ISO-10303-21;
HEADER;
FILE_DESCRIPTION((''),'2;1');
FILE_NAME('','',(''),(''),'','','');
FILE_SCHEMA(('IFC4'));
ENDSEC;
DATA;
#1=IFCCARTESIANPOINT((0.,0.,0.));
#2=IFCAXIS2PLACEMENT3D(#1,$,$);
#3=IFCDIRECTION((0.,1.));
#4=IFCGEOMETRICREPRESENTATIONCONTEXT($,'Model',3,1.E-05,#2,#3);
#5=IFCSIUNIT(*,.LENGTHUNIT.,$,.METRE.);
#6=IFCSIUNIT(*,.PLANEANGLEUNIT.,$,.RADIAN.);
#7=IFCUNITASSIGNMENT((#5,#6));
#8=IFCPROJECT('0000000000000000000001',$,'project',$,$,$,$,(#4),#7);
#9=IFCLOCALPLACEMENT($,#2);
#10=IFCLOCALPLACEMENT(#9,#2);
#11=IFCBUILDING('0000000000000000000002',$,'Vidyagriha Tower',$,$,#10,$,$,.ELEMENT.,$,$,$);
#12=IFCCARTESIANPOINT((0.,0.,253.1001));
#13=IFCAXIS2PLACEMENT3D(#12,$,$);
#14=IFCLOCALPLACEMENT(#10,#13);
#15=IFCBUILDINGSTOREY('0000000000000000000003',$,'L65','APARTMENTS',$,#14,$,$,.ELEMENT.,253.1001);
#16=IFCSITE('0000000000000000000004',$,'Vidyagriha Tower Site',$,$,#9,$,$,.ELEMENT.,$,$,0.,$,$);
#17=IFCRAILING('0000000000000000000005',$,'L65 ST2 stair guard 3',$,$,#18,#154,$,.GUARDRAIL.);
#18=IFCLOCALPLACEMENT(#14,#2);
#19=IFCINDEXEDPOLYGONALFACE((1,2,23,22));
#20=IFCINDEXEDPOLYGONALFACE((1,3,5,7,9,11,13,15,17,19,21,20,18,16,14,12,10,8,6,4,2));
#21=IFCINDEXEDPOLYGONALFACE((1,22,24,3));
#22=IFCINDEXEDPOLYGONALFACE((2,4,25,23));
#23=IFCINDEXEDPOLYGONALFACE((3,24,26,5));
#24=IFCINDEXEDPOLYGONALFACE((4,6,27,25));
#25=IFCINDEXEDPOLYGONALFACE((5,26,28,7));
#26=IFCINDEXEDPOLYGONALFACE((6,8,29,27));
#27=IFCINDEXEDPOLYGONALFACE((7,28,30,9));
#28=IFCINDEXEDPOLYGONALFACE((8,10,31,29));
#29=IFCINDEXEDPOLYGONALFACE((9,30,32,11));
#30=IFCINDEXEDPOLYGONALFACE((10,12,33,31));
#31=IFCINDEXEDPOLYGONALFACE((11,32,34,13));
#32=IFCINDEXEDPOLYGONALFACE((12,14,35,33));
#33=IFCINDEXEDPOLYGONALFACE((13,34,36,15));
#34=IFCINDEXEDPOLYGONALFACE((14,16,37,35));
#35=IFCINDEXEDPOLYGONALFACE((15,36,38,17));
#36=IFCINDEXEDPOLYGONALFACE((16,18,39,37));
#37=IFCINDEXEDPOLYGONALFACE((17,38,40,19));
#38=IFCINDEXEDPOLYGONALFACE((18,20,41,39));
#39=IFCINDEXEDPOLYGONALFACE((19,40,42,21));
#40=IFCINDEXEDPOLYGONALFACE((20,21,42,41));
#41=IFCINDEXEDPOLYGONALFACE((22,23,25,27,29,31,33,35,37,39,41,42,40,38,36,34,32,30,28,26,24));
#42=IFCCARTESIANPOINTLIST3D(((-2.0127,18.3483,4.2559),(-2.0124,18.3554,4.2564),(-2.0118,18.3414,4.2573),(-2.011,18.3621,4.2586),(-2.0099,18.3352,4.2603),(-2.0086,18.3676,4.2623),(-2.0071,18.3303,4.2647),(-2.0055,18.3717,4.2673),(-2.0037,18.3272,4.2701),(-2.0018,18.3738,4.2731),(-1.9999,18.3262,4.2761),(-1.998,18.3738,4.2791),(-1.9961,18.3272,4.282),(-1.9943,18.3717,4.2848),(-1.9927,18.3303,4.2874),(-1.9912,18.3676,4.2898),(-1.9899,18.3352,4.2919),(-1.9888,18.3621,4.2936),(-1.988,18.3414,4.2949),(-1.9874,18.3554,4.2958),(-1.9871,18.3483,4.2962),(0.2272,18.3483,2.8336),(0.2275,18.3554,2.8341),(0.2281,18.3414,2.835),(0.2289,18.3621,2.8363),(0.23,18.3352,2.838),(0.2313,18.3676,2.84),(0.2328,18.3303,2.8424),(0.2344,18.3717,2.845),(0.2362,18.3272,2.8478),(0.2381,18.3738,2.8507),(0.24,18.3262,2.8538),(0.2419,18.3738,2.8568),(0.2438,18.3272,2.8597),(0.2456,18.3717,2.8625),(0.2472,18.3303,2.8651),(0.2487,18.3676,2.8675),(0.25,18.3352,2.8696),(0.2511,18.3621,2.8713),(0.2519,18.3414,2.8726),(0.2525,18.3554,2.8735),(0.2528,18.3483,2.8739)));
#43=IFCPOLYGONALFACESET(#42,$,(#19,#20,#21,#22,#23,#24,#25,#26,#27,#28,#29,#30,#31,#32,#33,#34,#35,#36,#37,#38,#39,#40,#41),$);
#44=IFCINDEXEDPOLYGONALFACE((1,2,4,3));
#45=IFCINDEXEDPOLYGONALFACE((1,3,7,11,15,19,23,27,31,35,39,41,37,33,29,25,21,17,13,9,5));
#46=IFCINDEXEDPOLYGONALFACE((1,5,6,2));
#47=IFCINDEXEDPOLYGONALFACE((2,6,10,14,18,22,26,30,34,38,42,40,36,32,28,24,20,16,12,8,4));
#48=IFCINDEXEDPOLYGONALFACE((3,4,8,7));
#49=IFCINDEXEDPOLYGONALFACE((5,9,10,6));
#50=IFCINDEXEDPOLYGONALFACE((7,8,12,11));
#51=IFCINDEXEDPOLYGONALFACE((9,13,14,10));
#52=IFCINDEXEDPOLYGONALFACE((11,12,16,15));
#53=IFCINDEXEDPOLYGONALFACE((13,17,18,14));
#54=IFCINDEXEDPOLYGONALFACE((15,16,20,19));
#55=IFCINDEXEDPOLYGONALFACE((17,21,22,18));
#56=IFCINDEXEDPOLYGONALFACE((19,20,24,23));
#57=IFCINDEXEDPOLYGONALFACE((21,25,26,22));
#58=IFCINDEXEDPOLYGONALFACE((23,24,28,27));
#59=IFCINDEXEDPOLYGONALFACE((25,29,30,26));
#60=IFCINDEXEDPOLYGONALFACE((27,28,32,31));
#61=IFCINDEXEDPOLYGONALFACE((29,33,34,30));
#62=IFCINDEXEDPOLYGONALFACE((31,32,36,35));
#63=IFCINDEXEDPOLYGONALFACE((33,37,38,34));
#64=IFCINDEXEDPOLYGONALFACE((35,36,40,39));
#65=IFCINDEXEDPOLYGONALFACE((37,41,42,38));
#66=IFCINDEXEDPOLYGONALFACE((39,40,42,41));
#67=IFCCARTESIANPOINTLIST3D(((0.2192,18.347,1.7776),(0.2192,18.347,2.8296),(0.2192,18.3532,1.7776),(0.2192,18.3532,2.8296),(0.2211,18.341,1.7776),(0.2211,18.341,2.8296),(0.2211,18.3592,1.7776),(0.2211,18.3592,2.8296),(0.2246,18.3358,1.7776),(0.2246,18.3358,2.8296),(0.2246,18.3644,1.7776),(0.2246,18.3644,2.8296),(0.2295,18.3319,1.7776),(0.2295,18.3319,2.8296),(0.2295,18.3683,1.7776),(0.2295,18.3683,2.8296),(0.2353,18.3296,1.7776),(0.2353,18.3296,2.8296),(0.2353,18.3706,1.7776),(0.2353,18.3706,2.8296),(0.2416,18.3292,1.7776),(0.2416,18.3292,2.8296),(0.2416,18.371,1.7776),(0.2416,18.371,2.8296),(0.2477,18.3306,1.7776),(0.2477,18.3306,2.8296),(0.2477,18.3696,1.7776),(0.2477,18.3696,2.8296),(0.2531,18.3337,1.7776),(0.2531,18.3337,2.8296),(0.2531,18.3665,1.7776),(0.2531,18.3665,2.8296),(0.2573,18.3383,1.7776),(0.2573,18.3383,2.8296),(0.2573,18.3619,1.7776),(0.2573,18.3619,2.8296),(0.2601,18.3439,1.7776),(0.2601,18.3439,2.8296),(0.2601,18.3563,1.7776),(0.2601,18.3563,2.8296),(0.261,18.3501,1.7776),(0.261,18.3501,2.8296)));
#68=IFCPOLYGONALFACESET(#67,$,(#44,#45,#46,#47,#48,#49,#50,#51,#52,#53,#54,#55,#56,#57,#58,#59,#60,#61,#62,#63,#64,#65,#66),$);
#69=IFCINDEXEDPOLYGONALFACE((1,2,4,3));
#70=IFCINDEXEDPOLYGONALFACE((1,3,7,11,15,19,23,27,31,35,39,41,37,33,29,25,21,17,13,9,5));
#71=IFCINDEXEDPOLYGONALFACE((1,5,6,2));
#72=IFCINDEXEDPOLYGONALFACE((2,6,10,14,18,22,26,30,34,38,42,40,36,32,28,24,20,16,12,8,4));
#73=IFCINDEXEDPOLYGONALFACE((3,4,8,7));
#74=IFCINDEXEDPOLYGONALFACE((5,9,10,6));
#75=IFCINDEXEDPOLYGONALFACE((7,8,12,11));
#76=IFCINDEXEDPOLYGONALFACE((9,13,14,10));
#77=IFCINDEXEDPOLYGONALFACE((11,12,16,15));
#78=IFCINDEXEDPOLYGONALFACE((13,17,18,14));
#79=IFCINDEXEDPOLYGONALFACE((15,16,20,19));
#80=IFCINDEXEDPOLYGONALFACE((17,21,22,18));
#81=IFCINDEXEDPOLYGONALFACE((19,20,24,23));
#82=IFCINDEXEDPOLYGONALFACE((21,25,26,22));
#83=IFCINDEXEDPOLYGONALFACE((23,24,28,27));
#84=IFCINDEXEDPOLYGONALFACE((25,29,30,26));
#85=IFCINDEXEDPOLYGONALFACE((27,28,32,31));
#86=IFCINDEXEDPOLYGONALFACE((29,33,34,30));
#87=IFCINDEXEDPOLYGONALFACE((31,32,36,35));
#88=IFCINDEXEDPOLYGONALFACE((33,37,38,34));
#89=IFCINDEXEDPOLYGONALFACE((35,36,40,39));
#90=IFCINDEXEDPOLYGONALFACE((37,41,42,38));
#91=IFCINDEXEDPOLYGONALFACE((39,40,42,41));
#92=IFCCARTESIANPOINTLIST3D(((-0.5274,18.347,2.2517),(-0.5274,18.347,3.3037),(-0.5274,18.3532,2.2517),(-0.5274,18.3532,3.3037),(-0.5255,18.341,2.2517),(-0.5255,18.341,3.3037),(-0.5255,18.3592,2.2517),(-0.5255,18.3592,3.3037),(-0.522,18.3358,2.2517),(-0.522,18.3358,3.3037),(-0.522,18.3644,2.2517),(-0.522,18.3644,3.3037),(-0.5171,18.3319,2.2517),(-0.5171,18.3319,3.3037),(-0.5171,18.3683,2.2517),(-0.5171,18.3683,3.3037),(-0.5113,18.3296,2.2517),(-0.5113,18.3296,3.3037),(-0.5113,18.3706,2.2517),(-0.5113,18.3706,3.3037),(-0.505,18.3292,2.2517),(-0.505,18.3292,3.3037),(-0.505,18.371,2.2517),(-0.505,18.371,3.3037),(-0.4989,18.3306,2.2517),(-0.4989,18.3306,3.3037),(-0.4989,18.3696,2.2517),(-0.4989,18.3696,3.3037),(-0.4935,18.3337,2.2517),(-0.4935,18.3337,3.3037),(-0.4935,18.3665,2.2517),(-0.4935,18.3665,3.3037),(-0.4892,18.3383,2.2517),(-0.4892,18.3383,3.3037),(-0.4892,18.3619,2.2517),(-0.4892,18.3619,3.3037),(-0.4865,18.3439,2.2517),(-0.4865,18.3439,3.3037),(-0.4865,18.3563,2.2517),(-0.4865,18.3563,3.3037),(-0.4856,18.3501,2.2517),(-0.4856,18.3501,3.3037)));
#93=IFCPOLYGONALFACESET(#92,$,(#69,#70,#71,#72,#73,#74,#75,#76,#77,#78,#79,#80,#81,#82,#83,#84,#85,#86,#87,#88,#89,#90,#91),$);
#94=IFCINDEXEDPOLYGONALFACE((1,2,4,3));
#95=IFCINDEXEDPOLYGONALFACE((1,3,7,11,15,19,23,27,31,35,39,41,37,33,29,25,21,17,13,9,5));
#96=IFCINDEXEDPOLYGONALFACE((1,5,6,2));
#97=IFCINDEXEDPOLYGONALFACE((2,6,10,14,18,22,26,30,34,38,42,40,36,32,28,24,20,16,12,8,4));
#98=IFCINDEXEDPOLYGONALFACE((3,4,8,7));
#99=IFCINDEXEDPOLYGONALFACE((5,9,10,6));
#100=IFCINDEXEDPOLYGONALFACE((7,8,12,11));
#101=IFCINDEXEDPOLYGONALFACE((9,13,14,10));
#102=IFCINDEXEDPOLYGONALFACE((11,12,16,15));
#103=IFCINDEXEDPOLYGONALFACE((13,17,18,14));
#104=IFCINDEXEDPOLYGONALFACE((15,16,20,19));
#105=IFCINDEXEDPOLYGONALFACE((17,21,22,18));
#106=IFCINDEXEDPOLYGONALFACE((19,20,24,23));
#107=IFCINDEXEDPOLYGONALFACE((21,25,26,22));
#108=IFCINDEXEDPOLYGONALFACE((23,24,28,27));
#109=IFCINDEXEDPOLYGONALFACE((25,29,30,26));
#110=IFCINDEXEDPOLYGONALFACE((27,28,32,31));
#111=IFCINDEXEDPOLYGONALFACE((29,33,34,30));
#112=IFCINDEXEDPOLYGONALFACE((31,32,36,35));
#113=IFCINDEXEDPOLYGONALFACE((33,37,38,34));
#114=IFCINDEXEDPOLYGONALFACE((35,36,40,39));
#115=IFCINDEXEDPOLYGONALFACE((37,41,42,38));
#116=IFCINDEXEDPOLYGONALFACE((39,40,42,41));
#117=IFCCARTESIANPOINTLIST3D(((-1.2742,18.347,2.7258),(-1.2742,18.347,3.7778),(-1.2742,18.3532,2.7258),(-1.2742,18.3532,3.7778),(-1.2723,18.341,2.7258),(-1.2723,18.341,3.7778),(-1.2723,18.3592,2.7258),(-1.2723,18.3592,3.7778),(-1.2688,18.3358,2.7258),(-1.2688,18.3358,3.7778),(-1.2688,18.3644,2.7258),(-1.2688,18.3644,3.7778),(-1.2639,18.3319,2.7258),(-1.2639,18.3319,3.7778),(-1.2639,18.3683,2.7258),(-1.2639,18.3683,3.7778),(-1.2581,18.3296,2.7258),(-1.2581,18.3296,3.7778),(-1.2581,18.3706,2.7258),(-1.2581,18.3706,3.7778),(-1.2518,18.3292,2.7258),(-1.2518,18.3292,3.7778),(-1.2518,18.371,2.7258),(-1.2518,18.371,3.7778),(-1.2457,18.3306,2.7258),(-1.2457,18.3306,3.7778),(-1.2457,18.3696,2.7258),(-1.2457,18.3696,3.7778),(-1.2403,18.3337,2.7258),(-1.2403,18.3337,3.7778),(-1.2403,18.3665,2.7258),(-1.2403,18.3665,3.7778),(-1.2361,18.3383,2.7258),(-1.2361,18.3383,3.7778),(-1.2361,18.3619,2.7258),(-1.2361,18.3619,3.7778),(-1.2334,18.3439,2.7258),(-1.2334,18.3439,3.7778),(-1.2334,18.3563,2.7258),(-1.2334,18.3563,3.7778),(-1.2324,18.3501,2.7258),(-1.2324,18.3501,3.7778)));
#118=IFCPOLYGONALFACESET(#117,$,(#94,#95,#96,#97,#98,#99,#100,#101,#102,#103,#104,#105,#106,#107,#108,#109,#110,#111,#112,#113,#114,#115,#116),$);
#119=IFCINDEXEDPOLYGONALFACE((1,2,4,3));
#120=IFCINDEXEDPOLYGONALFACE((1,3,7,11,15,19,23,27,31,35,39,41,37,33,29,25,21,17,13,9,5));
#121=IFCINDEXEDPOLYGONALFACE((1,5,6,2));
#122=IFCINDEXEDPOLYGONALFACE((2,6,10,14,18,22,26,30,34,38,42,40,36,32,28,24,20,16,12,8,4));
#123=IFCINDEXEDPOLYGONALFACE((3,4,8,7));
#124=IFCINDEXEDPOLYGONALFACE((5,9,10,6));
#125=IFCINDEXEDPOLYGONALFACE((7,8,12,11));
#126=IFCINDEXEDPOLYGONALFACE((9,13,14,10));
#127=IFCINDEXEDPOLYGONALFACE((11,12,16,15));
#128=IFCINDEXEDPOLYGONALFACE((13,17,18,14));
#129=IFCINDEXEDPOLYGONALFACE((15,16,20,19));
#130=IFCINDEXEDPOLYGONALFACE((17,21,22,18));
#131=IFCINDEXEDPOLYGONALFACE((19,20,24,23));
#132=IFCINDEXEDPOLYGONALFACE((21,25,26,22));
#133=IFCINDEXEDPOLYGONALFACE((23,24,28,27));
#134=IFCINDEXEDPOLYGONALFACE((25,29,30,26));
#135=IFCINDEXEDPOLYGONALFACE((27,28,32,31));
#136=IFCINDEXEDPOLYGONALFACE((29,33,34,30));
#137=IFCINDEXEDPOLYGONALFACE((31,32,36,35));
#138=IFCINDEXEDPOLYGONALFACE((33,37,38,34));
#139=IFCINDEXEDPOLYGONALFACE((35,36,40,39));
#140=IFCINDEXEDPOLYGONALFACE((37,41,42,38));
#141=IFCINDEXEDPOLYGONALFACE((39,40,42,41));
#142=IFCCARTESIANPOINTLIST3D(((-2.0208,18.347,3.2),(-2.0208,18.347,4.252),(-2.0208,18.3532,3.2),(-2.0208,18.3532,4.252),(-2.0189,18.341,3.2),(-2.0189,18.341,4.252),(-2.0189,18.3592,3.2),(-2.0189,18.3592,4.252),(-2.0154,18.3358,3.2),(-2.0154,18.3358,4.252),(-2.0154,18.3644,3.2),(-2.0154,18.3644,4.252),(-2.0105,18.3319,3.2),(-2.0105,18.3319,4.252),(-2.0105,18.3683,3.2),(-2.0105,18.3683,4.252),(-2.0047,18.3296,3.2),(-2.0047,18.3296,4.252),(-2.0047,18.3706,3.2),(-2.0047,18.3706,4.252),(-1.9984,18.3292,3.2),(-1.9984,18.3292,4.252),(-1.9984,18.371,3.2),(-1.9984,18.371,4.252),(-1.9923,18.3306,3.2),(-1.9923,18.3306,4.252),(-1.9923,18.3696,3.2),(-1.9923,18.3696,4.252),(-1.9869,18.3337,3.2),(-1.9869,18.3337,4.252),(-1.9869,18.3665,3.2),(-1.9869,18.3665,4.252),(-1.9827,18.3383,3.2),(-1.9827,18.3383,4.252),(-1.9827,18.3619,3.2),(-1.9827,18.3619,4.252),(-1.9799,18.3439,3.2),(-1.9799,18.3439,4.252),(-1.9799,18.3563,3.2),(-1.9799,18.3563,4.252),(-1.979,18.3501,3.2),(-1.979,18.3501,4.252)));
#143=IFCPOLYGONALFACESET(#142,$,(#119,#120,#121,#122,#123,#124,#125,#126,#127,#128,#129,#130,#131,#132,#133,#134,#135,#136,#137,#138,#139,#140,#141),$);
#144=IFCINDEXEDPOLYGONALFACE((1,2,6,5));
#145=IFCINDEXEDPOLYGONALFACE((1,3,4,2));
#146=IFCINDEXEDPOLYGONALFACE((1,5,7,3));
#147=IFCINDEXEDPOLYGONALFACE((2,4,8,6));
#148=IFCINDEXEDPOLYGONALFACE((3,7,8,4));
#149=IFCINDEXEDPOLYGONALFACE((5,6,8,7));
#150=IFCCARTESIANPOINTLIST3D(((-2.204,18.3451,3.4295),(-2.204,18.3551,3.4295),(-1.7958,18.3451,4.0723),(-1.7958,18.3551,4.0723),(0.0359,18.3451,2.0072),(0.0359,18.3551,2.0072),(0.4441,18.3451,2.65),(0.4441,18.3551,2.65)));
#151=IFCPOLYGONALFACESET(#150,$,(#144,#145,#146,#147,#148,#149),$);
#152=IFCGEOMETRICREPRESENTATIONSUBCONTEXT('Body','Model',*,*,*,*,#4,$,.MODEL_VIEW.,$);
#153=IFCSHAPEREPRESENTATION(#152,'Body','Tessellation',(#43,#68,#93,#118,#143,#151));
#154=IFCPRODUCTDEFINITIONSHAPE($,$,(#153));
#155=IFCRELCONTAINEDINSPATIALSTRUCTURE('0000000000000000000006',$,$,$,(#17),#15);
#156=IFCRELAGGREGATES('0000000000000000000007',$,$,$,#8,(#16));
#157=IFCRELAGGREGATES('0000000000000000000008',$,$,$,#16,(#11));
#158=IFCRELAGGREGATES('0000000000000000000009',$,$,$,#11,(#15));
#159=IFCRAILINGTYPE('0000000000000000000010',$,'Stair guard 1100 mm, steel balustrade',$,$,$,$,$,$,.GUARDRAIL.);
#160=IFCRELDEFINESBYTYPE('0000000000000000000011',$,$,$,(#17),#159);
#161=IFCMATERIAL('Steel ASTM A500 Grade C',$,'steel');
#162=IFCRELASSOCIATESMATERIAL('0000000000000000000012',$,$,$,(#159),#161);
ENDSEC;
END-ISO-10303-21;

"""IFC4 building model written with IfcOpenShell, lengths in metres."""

from ifc_helpers import new_model, si_unit, direction, frame, origin, origin_2d, place, context, subcontext, project, spatial, rectangle, circle, extrude, material, type_object, element, save


model = new_model("IFC4")

# Units and contexts
model_context = context("Model", 3, precision=1e-05, world=origin(), true_north=direction((0.0, 1.0)))
body_context = subcontext(model_context, "Body", "Model", "MODEL_VIEW")
ifc_project = project(units=[si_unit("LENGTHUNIT", "METRE"), si_unit("PLANEANGLEUNIT", "RADIAN")], contexts=[model_context])

# Site, building, storey
site_placement = place(None, origin())
site = spatial("IfcSite", under=ifc_project, at=site_placement, Name="Vidyagriha Tower Site", CompositionType="ELEMENT", RefElevation=0.0)
building_placement = place(site_placement, origin())
building = spatial("IfcBuilding", under=site, at=building_placement, Name="Vidyagriha Tower", CompositionType="ELEMENT")
storey_placement = place(building_placement, frame((0.0, 0.0, 253.1001)))
storey = spatial("IfcBuildingStorey", under=building, at=storey_placement, Name="L65", Description="APARTMENTS", CompositionType="ELEMENT", Elevation=253.1001)

# Railing
ifc_material_1 = material(Name="Steel ASTM A500 Grade C", Category="steel")
railing_type_1 = type_object("IfcRailingType", Name="Stair guard 1100 mm, steel balustrade", PredefinedType="GUARDRAIL", material=ifc_material_1)
railing_1_placement = place(storey_placement, frame((0.24, 18.3501, 1.7776)))
element("IfcRailing", 1, at=railing_1_placement, inside=storey, type_object=railing_type_1, Name="L65 ST2 stair guard 3", PredefinedType="GUARDRAIL", context=body_context, shape_type="SweptSolid", body=[
    extrude(circle(Radius=0.0239, at=origin_2d()), frame((0.0, 0.0, 1.0762), z_axis=(-0.844188, 0.0, 0.536048), x_axis=(0.0, -1.0, 0.0)), (0.0, 0.0, 1.0), 2.6533),
    extrude(circle(Radius=0.021, at=origin_2d()), origin(), (0.0, 0.0, 1.0), 1.052),
    extrude(circle(Radius=0.021, at=origin_2d()), frame((-0.7466, 0.0, 0.4741)), (0.0, 0.0, 1.0), 1.052),
    extrude(circle(Radius=0.021, at=origin_2d()), frame((-1.4934, 0.0, 0.9482)), (0.0, 0.0, 1.0), 1.052),
    extrude(circle(Radius=0.021, at=origin_2d()), frame((-2.24, 0.0, 1.4224)), (0.0, 0.0, 1.0), 1.052),
    extrude(rectangle(XDim=0.01, YDim=0.7615, at=origin_2d()), frame((0.0, 0.0, 0.551), z_axis=(-0.844188, 0.0, 0.536048), x_axis=(0.0, -1.0, 0.0)), (0.0, 0.0, 1.0), 2.6533),
])

save(model, "model.ifc")
